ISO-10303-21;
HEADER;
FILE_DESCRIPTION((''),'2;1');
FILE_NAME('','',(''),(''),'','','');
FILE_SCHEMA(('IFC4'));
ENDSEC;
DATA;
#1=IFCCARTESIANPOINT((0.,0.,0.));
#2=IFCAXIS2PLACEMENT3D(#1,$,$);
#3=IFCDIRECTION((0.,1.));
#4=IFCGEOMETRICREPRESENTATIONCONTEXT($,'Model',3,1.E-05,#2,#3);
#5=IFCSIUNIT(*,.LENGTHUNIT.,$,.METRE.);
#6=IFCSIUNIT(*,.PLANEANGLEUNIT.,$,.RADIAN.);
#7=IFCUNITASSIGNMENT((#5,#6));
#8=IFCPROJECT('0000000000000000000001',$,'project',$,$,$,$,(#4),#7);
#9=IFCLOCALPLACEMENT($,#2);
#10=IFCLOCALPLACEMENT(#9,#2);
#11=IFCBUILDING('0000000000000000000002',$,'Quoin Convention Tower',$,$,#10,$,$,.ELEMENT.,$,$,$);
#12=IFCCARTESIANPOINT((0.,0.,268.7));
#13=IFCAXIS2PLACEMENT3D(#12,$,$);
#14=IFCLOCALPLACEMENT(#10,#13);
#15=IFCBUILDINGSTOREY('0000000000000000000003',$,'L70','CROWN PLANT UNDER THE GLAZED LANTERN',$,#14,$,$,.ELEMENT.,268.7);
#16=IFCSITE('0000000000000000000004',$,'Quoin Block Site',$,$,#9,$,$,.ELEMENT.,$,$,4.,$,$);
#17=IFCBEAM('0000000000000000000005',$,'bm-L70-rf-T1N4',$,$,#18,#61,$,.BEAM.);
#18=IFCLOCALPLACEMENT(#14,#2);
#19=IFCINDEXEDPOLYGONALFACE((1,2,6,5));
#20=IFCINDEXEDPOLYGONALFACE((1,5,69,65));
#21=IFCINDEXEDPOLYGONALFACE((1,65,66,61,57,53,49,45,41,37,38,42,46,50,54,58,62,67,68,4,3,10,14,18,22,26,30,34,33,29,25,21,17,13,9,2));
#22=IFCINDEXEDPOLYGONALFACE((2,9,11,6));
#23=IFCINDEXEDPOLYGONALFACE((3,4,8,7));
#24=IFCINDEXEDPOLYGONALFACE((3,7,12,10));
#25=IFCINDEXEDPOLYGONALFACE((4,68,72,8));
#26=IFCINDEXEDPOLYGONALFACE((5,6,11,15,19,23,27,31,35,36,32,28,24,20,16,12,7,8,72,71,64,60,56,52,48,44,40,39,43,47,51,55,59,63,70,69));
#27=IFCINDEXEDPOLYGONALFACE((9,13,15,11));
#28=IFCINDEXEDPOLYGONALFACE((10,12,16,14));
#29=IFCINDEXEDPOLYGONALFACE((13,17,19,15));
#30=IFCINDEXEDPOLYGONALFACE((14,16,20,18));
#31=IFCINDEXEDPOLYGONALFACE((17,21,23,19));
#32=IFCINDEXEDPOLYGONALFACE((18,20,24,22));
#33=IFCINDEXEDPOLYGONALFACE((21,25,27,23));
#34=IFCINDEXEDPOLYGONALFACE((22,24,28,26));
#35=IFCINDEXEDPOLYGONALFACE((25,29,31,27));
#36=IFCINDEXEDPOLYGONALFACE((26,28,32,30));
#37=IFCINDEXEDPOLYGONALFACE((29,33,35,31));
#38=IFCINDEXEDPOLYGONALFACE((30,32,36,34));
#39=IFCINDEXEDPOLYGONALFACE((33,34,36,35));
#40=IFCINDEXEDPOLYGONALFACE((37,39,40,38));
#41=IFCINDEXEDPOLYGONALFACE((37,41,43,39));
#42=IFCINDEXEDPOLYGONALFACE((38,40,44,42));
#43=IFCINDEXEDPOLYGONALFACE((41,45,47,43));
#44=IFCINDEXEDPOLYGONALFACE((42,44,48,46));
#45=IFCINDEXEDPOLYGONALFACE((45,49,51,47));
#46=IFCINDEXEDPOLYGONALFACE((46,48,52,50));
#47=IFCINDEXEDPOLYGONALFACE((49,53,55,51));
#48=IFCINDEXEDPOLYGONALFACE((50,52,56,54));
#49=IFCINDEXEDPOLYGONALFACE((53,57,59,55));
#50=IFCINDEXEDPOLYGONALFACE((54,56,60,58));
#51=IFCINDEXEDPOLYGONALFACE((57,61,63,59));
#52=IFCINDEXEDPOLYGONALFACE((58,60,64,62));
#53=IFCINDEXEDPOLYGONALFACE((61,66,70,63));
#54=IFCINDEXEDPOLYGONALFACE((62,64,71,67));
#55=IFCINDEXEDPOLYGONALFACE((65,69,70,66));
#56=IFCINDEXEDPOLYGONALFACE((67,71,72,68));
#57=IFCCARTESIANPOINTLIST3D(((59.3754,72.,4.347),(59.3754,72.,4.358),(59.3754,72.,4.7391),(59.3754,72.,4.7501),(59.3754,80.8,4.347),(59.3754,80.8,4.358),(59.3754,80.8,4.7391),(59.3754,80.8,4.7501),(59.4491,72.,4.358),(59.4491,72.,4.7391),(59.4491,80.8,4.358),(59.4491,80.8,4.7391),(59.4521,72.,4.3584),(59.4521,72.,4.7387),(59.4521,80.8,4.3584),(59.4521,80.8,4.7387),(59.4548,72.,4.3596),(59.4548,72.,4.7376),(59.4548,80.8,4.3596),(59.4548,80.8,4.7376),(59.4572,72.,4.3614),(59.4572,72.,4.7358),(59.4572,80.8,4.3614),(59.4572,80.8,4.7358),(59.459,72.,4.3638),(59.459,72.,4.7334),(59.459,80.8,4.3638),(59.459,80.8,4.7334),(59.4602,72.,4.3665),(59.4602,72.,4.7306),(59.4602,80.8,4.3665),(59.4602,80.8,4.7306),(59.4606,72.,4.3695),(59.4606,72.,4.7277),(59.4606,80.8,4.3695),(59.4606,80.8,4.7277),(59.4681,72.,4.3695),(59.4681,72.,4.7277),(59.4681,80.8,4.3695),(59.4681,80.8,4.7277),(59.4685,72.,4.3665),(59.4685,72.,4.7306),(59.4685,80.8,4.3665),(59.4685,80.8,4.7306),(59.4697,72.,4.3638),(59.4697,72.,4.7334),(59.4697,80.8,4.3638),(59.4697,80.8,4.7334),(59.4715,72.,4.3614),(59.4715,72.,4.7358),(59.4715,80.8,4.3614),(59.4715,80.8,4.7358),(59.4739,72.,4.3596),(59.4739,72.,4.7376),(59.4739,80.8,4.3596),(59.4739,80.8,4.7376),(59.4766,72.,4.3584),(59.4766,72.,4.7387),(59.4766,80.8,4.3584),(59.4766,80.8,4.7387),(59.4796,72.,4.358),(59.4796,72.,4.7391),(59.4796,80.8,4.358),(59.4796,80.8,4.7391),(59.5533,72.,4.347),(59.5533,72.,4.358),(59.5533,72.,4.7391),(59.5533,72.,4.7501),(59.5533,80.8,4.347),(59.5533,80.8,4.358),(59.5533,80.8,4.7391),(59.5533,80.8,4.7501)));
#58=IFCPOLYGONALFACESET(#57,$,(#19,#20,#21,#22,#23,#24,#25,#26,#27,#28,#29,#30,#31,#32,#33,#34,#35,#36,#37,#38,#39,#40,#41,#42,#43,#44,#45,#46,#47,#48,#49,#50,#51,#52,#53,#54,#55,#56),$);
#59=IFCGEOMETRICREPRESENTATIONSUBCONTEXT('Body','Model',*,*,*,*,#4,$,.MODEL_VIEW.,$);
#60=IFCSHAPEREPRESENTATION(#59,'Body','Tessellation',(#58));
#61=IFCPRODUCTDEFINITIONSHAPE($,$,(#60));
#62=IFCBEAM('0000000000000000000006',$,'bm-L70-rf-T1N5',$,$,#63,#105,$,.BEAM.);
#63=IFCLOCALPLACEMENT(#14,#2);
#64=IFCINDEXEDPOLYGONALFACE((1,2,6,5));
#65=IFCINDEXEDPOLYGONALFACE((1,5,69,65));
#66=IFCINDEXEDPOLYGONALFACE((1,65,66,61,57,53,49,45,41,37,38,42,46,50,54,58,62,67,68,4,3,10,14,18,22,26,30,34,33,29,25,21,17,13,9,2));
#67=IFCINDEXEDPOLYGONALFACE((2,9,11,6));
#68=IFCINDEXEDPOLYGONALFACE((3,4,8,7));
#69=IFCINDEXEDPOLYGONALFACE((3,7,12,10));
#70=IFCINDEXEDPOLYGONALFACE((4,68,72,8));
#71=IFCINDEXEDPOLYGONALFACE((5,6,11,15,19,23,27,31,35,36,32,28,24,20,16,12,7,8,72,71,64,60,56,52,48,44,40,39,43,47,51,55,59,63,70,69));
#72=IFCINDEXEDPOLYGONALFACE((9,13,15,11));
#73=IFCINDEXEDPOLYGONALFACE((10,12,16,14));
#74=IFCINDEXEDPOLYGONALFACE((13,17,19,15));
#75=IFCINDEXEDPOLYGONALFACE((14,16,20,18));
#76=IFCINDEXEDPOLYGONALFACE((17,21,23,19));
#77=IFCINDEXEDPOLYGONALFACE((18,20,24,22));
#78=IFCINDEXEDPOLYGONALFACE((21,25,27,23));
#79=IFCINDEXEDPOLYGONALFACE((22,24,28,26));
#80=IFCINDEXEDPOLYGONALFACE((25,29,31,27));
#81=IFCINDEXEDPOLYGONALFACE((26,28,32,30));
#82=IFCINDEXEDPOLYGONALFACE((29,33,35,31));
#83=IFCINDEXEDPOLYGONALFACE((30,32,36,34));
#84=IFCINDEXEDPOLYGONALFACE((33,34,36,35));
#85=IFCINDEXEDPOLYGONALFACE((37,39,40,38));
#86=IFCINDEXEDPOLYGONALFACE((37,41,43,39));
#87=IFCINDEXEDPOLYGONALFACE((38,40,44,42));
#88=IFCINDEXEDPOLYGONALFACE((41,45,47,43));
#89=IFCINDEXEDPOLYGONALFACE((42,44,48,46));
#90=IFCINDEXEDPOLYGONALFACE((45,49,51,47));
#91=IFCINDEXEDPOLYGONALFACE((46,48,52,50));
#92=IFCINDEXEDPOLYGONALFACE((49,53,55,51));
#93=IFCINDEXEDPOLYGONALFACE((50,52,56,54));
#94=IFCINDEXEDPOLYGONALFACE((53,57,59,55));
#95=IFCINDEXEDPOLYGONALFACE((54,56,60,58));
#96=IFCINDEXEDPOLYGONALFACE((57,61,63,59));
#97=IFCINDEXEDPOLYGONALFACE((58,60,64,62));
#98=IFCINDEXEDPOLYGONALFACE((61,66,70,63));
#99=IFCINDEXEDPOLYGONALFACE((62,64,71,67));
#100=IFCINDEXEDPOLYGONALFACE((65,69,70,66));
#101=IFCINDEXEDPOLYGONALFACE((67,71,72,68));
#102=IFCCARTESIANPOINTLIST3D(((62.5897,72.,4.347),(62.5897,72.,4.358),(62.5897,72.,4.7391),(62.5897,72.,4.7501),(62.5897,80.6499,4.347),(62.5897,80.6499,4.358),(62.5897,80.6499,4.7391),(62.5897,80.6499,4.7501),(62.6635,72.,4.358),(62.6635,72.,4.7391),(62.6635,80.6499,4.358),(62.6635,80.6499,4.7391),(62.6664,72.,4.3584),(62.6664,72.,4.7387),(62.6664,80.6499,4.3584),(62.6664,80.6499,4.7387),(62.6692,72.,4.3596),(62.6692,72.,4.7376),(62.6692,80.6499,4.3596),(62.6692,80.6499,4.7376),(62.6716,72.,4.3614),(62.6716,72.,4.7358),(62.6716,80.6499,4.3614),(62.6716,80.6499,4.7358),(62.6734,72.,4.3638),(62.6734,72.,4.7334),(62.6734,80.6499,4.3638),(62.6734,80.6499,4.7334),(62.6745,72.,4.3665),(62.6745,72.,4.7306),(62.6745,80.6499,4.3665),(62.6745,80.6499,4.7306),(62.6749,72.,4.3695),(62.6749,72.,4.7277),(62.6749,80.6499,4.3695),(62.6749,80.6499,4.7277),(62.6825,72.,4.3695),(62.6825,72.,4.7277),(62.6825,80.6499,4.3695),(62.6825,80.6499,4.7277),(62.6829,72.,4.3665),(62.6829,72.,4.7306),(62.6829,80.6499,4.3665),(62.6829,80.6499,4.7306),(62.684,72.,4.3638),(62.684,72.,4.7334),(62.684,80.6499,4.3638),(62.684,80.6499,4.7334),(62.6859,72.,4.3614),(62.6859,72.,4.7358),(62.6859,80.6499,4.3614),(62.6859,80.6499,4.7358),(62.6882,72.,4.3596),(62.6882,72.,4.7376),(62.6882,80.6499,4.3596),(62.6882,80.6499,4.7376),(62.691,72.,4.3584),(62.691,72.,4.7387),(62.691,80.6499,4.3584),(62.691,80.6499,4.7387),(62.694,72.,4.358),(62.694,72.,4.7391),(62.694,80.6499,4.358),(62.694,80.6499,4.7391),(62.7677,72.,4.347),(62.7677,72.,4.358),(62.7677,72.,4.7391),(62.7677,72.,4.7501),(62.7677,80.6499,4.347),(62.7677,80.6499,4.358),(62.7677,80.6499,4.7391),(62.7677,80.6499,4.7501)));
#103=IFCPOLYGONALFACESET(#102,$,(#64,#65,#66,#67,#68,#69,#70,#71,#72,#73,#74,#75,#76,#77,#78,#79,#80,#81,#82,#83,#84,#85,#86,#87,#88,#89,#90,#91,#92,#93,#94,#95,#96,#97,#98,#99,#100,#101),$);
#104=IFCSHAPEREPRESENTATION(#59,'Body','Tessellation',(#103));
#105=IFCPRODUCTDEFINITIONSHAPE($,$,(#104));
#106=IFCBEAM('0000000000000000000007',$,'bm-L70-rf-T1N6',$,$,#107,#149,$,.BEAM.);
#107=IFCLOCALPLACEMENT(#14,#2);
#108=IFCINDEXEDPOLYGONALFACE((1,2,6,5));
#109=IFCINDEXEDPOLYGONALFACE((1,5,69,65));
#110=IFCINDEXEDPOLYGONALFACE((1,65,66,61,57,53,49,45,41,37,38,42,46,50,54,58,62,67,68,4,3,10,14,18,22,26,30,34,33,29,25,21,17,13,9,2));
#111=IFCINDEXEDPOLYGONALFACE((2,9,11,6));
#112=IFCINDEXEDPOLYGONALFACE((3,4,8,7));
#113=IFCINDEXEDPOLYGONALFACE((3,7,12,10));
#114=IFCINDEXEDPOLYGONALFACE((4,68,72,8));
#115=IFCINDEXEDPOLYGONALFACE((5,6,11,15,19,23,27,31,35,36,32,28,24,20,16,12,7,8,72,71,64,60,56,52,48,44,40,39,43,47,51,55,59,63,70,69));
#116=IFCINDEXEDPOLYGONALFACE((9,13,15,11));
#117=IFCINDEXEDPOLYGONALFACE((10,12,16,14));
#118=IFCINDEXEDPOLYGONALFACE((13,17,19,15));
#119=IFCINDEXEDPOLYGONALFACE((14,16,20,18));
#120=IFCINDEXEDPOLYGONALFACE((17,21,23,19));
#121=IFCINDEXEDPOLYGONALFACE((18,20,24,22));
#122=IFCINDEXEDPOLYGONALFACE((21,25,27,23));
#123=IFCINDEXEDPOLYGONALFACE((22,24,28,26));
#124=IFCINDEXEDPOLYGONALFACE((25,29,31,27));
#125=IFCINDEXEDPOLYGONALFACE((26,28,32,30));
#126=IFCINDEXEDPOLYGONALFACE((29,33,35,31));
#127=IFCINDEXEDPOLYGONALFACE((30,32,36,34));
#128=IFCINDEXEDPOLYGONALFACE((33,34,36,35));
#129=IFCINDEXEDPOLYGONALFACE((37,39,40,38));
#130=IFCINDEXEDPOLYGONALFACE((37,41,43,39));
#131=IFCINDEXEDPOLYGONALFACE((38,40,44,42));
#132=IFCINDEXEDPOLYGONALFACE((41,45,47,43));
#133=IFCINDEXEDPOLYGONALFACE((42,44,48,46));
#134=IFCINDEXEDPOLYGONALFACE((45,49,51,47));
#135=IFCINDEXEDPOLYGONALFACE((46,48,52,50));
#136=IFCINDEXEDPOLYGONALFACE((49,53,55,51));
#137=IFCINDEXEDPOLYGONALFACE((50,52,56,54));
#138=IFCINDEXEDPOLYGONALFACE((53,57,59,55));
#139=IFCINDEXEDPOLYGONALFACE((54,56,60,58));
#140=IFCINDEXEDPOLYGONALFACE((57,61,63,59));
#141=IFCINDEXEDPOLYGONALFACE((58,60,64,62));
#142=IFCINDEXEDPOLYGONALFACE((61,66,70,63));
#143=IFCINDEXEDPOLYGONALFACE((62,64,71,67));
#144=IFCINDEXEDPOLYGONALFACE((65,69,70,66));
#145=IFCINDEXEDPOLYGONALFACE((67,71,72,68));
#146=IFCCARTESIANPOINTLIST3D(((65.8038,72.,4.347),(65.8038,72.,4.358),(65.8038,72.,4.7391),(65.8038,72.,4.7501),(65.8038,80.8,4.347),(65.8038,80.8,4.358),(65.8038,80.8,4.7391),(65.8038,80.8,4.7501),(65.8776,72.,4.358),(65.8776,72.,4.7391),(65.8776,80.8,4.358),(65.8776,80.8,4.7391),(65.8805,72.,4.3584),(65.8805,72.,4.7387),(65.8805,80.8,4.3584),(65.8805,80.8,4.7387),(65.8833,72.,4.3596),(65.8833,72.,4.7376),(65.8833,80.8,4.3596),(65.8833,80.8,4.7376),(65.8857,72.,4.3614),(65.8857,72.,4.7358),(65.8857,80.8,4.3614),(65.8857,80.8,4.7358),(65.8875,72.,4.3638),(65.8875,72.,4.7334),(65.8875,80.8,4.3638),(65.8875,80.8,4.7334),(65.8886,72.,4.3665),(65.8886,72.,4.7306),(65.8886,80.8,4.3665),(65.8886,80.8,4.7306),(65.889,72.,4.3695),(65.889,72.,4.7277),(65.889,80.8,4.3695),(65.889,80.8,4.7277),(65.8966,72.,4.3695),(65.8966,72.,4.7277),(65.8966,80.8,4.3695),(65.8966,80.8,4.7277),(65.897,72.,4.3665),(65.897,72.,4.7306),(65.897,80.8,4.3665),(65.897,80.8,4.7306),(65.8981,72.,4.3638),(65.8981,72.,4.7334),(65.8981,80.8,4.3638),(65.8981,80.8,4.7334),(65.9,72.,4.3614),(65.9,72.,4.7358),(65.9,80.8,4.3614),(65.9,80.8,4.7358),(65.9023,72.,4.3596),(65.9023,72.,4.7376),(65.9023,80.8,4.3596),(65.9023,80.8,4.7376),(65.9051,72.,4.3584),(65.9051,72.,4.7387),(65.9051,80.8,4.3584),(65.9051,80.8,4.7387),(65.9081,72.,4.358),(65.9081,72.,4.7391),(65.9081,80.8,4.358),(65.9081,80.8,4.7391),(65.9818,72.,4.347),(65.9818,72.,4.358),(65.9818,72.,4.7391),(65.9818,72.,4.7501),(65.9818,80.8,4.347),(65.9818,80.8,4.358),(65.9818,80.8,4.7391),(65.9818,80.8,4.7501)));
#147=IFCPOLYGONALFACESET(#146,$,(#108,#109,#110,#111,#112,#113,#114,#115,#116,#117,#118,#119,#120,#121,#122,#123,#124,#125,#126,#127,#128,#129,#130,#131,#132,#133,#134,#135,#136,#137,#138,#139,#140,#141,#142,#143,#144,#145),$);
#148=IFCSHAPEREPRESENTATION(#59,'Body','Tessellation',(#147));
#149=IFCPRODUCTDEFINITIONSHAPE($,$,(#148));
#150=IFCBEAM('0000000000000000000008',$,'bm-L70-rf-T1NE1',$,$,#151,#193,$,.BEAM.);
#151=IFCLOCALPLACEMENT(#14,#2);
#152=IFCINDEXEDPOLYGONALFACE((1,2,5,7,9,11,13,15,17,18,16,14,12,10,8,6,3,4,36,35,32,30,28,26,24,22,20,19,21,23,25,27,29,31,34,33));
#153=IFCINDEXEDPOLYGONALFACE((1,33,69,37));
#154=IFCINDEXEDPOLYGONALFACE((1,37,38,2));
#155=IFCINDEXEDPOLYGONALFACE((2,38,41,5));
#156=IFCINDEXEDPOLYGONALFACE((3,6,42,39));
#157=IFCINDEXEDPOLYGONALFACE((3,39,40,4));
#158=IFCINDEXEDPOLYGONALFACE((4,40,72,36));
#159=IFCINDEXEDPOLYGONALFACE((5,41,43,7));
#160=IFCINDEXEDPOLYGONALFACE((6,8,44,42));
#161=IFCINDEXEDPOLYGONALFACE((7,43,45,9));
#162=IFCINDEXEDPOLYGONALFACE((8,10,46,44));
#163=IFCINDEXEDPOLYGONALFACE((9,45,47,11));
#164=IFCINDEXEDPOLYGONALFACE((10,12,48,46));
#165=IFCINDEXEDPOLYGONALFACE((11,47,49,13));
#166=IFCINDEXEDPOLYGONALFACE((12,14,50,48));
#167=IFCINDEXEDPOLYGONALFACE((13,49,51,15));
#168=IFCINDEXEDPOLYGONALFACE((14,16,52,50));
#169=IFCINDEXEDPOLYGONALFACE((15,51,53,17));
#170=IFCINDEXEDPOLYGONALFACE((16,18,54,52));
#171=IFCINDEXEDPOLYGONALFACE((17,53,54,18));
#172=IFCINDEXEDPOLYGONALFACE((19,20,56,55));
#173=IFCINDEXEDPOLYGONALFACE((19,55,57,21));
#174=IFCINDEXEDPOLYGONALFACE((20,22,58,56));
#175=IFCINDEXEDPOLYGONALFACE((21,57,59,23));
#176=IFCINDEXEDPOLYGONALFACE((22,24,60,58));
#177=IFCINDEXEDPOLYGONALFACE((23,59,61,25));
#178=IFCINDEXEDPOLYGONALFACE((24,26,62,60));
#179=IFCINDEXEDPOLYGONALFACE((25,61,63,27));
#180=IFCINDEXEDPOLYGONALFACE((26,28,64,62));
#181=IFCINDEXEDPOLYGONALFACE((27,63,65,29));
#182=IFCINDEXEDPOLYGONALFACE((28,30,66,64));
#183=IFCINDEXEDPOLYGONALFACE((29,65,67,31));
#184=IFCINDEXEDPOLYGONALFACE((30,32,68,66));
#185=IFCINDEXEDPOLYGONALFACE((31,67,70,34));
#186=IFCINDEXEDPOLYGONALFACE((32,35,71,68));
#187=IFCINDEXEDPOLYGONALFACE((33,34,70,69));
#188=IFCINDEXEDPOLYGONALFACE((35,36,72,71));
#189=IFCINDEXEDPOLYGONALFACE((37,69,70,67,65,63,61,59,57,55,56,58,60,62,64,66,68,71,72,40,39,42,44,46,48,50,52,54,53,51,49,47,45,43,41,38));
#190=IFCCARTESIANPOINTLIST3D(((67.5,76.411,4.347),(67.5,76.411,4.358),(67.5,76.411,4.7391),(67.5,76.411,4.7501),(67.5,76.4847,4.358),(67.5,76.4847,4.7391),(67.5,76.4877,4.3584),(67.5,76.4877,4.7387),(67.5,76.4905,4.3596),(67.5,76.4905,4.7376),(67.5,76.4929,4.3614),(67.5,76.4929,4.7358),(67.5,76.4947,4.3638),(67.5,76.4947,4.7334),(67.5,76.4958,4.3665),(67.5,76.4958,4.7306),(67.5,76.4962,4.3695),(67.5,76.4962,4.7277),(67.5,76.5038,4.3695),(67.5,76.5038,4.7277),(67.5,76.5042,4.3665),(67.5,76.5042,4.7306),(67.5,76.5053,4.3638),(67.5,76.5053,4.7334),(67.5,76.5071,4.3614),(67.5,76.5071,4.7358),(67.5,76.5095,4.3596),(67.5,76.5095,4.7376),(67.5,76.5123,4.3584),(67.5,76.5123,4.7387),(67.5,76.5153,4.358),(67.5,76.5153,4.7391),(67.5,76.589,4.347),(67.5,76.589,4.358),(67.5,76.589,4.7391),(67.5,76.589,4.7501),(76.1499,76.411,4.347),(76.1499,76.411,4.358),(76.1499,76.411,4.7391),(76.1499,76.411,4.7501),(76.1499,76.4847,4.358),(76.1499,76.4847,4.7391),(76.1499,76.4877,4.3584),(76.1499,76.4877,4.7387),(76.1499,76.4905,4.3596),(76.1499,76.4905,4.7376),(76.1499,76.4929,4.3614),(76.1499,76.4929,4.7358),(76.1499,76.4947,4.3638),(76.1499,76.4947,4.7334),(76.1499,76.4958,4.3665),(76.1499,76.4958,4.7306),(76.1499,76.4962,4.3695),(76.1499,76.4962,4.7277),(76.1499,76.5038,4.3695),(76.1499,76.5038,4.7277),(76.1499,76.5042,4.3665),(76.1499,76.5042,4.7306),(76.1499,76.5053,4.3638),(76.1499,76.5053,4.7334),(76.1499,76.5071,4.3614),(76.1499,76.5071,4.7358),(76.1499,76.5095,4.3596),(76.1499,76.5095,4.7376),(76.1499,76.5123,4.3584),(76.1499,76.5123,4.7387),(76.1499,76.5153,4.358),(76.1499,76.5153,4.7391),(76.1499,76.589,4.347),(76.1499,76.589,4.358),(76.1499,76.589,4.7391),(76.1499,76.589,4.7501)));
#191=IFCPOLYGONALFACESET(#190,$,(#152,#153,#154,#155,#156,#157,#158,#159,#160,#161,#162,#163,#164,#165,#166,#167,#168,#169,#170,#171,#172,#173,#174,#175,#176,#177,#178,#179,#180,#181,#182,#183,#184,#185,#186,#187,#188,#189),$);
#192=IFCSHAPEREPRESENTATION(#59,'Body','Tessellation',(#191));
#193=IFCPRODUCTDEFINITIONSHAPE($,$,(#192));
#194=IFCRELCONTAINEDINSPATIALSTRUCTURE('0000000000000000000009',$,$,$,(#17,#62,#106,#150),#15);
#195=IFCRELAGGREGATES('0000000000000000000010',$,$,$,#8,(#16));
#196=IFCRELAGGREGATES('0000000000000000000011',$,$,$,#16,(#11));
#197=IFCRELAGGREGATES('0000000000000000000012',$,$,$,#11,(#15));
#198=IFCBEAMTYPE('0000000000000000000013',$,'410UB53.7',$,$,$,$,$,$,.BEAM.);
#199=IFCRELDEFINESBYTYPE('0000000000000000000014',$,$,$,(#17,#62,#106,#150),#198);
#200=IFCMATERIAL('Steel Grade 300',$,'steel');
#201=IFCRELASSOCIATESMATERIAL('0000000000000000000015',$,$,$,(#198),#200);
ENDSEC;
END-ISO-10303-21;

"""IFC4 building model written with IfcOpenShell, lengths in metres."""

from ifc_helpers import new_model, si_unit, direction, frame, origin, origin_2d, place, context, subcontext, project, spatial, i_section, extrude, material, material_profile, profile_set, type_object, element, save


model = new_model("IFC4")

# Units and contexts
model_context = context("Model", 3, precision=1e-05, world=origin(), true_north=direction((0.0, 1.0)))
body_context = subcontext(model_context, "Body", "Model", "MODEL_VIEW")
ifc_project = project(units=[si_unit("LENGTHUNIT", "METRE"), si_unit("PLANEANGLEUNIT", "RADIAN")], contexts=[model_context])

# Site, building, storey
site_placement = place(None, origin())
site = spatial("IfcSite", under=ifc_project, at=site_placement, Name="Quoin Block Site", CompositionType="ELEMENT", RefElevation=4.0)
building_placement = place(site_placement, origin())
building = spatial("IfcBuilding", under=site, at=building_placement, Name="Quoin Convention Tower", CompositionType="ELEMENT")
storey_placement = place(building_placement, frame((0.0, 0.0, 268.7)))
storey = spatial("IfcBuildingStorey", under=building, at=storey_placement, Name="L70", Description="CROWN PLANT UNDER THE GLAZED LANTERN", CompositionType="ELEMENT", Elevation=268.7)

# Beams
ifc_material_1 = material(Name="Steel Grade 300", Category="steel")
ifc_material_profile_1 = material_profile(ifc_material_1, i_section(OverallWidth=0.178, OverallDepth=0.4031, WebThickness=0.0076, FlangeThickness=0.011, FilletRadius=0.0115, at=origin_2d()), Name="410UB53.7")
ifc_profile_set_1 = profile_set([ifc_material_profile_1], Name="Steel Grade 300")
beam_type_1 = type_object("IfcBeamType", Name="410UB53.7", PredefinedType="BEAM", material=ifc_profile_set_1)
for number, where, z_axis, x_axis, name in (
    (1, (59.4644, 72.0, 4.5486), (0.0, 1.0, 0.0), (-1.0, 0.0, 0.0), "bm-L70-rf-T1N4"),
):
    element("IfcBeam", number, at=place(storey_placement, frame(where, z_axis=z_axis, x_axis=x_axis)), inside=storey, type_object=beam_type_1, Name=name, PredefinedType="BEAM", context=body_context, shape_type="SweptSolid", body=[
        extrude(i_section(OverallWidth=0.178, OverallDepth=0.4031, WebThickness=0.0076, FlangeThickness=0.011, FilletRadius=0.0115, at=origin_2d()), origin(), (0.0, 0.0, 1.0), 8.8),
    ])
beam_1_placement = place(storey_placement, frame((62.6787, 72.0, 4.5486), z_axis=(0.0, 1.0, 0.0), x_axis=(-1.0, 0.0, 0.0)))
element("IfcBeam", 2, at=beam_1_placement, inside=storey, type_object=beam_type_1, Name="bm-L70-rf-T1N5", PredefinedType="BEAM", context=body_context, shape_type="SweptSolid", body=[
    extrude(i_section(OverallWidth=0.178, OverallDepth=0.4031, WebThickness=0.0076, FlangeThickness=0.011, FilletRadius=0.0115, at=origin_2d()), origin(), (0.0, 0.0, 1.0), 8.6499),
])
beam_2_placement = place(storey_placement, frame((65.8928, 72.0, 4.5486), z_axis=(0.0, 1.0, 0.0), x_axis=(-1.0, 0.0, 0.0)))
element("IfcBeam", 3, at=beam_2_placement, inside=storey, type_object=beam_type_1, Name="bm-L70-rf-T1N6", PredefinedType="BEAM", context=body_context, shape_type="SweptSolid", body=[
    extrude(i_section(OverallWidth=0.178, OverallDepth=0.4031, WebThickness=0.0076, FlangeThickness=0.011, FilletRadius=0.0115, at=origin_2d()), origin(), (0.0, 0.0, 1.0), 8.8),
])
beam_3_placement = place(storey_placement, frame((67.5, 76.5, 4.5486), z_axis=(1.0, 0.0, 0.0), x_axis=(0.0, 1.0, 0.0)))
element("IfcBeam", 4, at=beam_3_placement, inside=storey, type_object=beam_type_1, Name="bm-L70-rf-T1NE1", PredefinedType="BEAM", context=body_context, shape_type="SweptSolid", body=[
    extrude(i_section(OverallWidth=0.178, OverallDepth=0.4031, WebThickness=0.0076, FlangeThickness=0.011, FilletRadius=0.0115, at=origin_2d()), origin(), (0.0, 0.0, 1.0), 8.6499),
])

save(model, "model.ifc")
